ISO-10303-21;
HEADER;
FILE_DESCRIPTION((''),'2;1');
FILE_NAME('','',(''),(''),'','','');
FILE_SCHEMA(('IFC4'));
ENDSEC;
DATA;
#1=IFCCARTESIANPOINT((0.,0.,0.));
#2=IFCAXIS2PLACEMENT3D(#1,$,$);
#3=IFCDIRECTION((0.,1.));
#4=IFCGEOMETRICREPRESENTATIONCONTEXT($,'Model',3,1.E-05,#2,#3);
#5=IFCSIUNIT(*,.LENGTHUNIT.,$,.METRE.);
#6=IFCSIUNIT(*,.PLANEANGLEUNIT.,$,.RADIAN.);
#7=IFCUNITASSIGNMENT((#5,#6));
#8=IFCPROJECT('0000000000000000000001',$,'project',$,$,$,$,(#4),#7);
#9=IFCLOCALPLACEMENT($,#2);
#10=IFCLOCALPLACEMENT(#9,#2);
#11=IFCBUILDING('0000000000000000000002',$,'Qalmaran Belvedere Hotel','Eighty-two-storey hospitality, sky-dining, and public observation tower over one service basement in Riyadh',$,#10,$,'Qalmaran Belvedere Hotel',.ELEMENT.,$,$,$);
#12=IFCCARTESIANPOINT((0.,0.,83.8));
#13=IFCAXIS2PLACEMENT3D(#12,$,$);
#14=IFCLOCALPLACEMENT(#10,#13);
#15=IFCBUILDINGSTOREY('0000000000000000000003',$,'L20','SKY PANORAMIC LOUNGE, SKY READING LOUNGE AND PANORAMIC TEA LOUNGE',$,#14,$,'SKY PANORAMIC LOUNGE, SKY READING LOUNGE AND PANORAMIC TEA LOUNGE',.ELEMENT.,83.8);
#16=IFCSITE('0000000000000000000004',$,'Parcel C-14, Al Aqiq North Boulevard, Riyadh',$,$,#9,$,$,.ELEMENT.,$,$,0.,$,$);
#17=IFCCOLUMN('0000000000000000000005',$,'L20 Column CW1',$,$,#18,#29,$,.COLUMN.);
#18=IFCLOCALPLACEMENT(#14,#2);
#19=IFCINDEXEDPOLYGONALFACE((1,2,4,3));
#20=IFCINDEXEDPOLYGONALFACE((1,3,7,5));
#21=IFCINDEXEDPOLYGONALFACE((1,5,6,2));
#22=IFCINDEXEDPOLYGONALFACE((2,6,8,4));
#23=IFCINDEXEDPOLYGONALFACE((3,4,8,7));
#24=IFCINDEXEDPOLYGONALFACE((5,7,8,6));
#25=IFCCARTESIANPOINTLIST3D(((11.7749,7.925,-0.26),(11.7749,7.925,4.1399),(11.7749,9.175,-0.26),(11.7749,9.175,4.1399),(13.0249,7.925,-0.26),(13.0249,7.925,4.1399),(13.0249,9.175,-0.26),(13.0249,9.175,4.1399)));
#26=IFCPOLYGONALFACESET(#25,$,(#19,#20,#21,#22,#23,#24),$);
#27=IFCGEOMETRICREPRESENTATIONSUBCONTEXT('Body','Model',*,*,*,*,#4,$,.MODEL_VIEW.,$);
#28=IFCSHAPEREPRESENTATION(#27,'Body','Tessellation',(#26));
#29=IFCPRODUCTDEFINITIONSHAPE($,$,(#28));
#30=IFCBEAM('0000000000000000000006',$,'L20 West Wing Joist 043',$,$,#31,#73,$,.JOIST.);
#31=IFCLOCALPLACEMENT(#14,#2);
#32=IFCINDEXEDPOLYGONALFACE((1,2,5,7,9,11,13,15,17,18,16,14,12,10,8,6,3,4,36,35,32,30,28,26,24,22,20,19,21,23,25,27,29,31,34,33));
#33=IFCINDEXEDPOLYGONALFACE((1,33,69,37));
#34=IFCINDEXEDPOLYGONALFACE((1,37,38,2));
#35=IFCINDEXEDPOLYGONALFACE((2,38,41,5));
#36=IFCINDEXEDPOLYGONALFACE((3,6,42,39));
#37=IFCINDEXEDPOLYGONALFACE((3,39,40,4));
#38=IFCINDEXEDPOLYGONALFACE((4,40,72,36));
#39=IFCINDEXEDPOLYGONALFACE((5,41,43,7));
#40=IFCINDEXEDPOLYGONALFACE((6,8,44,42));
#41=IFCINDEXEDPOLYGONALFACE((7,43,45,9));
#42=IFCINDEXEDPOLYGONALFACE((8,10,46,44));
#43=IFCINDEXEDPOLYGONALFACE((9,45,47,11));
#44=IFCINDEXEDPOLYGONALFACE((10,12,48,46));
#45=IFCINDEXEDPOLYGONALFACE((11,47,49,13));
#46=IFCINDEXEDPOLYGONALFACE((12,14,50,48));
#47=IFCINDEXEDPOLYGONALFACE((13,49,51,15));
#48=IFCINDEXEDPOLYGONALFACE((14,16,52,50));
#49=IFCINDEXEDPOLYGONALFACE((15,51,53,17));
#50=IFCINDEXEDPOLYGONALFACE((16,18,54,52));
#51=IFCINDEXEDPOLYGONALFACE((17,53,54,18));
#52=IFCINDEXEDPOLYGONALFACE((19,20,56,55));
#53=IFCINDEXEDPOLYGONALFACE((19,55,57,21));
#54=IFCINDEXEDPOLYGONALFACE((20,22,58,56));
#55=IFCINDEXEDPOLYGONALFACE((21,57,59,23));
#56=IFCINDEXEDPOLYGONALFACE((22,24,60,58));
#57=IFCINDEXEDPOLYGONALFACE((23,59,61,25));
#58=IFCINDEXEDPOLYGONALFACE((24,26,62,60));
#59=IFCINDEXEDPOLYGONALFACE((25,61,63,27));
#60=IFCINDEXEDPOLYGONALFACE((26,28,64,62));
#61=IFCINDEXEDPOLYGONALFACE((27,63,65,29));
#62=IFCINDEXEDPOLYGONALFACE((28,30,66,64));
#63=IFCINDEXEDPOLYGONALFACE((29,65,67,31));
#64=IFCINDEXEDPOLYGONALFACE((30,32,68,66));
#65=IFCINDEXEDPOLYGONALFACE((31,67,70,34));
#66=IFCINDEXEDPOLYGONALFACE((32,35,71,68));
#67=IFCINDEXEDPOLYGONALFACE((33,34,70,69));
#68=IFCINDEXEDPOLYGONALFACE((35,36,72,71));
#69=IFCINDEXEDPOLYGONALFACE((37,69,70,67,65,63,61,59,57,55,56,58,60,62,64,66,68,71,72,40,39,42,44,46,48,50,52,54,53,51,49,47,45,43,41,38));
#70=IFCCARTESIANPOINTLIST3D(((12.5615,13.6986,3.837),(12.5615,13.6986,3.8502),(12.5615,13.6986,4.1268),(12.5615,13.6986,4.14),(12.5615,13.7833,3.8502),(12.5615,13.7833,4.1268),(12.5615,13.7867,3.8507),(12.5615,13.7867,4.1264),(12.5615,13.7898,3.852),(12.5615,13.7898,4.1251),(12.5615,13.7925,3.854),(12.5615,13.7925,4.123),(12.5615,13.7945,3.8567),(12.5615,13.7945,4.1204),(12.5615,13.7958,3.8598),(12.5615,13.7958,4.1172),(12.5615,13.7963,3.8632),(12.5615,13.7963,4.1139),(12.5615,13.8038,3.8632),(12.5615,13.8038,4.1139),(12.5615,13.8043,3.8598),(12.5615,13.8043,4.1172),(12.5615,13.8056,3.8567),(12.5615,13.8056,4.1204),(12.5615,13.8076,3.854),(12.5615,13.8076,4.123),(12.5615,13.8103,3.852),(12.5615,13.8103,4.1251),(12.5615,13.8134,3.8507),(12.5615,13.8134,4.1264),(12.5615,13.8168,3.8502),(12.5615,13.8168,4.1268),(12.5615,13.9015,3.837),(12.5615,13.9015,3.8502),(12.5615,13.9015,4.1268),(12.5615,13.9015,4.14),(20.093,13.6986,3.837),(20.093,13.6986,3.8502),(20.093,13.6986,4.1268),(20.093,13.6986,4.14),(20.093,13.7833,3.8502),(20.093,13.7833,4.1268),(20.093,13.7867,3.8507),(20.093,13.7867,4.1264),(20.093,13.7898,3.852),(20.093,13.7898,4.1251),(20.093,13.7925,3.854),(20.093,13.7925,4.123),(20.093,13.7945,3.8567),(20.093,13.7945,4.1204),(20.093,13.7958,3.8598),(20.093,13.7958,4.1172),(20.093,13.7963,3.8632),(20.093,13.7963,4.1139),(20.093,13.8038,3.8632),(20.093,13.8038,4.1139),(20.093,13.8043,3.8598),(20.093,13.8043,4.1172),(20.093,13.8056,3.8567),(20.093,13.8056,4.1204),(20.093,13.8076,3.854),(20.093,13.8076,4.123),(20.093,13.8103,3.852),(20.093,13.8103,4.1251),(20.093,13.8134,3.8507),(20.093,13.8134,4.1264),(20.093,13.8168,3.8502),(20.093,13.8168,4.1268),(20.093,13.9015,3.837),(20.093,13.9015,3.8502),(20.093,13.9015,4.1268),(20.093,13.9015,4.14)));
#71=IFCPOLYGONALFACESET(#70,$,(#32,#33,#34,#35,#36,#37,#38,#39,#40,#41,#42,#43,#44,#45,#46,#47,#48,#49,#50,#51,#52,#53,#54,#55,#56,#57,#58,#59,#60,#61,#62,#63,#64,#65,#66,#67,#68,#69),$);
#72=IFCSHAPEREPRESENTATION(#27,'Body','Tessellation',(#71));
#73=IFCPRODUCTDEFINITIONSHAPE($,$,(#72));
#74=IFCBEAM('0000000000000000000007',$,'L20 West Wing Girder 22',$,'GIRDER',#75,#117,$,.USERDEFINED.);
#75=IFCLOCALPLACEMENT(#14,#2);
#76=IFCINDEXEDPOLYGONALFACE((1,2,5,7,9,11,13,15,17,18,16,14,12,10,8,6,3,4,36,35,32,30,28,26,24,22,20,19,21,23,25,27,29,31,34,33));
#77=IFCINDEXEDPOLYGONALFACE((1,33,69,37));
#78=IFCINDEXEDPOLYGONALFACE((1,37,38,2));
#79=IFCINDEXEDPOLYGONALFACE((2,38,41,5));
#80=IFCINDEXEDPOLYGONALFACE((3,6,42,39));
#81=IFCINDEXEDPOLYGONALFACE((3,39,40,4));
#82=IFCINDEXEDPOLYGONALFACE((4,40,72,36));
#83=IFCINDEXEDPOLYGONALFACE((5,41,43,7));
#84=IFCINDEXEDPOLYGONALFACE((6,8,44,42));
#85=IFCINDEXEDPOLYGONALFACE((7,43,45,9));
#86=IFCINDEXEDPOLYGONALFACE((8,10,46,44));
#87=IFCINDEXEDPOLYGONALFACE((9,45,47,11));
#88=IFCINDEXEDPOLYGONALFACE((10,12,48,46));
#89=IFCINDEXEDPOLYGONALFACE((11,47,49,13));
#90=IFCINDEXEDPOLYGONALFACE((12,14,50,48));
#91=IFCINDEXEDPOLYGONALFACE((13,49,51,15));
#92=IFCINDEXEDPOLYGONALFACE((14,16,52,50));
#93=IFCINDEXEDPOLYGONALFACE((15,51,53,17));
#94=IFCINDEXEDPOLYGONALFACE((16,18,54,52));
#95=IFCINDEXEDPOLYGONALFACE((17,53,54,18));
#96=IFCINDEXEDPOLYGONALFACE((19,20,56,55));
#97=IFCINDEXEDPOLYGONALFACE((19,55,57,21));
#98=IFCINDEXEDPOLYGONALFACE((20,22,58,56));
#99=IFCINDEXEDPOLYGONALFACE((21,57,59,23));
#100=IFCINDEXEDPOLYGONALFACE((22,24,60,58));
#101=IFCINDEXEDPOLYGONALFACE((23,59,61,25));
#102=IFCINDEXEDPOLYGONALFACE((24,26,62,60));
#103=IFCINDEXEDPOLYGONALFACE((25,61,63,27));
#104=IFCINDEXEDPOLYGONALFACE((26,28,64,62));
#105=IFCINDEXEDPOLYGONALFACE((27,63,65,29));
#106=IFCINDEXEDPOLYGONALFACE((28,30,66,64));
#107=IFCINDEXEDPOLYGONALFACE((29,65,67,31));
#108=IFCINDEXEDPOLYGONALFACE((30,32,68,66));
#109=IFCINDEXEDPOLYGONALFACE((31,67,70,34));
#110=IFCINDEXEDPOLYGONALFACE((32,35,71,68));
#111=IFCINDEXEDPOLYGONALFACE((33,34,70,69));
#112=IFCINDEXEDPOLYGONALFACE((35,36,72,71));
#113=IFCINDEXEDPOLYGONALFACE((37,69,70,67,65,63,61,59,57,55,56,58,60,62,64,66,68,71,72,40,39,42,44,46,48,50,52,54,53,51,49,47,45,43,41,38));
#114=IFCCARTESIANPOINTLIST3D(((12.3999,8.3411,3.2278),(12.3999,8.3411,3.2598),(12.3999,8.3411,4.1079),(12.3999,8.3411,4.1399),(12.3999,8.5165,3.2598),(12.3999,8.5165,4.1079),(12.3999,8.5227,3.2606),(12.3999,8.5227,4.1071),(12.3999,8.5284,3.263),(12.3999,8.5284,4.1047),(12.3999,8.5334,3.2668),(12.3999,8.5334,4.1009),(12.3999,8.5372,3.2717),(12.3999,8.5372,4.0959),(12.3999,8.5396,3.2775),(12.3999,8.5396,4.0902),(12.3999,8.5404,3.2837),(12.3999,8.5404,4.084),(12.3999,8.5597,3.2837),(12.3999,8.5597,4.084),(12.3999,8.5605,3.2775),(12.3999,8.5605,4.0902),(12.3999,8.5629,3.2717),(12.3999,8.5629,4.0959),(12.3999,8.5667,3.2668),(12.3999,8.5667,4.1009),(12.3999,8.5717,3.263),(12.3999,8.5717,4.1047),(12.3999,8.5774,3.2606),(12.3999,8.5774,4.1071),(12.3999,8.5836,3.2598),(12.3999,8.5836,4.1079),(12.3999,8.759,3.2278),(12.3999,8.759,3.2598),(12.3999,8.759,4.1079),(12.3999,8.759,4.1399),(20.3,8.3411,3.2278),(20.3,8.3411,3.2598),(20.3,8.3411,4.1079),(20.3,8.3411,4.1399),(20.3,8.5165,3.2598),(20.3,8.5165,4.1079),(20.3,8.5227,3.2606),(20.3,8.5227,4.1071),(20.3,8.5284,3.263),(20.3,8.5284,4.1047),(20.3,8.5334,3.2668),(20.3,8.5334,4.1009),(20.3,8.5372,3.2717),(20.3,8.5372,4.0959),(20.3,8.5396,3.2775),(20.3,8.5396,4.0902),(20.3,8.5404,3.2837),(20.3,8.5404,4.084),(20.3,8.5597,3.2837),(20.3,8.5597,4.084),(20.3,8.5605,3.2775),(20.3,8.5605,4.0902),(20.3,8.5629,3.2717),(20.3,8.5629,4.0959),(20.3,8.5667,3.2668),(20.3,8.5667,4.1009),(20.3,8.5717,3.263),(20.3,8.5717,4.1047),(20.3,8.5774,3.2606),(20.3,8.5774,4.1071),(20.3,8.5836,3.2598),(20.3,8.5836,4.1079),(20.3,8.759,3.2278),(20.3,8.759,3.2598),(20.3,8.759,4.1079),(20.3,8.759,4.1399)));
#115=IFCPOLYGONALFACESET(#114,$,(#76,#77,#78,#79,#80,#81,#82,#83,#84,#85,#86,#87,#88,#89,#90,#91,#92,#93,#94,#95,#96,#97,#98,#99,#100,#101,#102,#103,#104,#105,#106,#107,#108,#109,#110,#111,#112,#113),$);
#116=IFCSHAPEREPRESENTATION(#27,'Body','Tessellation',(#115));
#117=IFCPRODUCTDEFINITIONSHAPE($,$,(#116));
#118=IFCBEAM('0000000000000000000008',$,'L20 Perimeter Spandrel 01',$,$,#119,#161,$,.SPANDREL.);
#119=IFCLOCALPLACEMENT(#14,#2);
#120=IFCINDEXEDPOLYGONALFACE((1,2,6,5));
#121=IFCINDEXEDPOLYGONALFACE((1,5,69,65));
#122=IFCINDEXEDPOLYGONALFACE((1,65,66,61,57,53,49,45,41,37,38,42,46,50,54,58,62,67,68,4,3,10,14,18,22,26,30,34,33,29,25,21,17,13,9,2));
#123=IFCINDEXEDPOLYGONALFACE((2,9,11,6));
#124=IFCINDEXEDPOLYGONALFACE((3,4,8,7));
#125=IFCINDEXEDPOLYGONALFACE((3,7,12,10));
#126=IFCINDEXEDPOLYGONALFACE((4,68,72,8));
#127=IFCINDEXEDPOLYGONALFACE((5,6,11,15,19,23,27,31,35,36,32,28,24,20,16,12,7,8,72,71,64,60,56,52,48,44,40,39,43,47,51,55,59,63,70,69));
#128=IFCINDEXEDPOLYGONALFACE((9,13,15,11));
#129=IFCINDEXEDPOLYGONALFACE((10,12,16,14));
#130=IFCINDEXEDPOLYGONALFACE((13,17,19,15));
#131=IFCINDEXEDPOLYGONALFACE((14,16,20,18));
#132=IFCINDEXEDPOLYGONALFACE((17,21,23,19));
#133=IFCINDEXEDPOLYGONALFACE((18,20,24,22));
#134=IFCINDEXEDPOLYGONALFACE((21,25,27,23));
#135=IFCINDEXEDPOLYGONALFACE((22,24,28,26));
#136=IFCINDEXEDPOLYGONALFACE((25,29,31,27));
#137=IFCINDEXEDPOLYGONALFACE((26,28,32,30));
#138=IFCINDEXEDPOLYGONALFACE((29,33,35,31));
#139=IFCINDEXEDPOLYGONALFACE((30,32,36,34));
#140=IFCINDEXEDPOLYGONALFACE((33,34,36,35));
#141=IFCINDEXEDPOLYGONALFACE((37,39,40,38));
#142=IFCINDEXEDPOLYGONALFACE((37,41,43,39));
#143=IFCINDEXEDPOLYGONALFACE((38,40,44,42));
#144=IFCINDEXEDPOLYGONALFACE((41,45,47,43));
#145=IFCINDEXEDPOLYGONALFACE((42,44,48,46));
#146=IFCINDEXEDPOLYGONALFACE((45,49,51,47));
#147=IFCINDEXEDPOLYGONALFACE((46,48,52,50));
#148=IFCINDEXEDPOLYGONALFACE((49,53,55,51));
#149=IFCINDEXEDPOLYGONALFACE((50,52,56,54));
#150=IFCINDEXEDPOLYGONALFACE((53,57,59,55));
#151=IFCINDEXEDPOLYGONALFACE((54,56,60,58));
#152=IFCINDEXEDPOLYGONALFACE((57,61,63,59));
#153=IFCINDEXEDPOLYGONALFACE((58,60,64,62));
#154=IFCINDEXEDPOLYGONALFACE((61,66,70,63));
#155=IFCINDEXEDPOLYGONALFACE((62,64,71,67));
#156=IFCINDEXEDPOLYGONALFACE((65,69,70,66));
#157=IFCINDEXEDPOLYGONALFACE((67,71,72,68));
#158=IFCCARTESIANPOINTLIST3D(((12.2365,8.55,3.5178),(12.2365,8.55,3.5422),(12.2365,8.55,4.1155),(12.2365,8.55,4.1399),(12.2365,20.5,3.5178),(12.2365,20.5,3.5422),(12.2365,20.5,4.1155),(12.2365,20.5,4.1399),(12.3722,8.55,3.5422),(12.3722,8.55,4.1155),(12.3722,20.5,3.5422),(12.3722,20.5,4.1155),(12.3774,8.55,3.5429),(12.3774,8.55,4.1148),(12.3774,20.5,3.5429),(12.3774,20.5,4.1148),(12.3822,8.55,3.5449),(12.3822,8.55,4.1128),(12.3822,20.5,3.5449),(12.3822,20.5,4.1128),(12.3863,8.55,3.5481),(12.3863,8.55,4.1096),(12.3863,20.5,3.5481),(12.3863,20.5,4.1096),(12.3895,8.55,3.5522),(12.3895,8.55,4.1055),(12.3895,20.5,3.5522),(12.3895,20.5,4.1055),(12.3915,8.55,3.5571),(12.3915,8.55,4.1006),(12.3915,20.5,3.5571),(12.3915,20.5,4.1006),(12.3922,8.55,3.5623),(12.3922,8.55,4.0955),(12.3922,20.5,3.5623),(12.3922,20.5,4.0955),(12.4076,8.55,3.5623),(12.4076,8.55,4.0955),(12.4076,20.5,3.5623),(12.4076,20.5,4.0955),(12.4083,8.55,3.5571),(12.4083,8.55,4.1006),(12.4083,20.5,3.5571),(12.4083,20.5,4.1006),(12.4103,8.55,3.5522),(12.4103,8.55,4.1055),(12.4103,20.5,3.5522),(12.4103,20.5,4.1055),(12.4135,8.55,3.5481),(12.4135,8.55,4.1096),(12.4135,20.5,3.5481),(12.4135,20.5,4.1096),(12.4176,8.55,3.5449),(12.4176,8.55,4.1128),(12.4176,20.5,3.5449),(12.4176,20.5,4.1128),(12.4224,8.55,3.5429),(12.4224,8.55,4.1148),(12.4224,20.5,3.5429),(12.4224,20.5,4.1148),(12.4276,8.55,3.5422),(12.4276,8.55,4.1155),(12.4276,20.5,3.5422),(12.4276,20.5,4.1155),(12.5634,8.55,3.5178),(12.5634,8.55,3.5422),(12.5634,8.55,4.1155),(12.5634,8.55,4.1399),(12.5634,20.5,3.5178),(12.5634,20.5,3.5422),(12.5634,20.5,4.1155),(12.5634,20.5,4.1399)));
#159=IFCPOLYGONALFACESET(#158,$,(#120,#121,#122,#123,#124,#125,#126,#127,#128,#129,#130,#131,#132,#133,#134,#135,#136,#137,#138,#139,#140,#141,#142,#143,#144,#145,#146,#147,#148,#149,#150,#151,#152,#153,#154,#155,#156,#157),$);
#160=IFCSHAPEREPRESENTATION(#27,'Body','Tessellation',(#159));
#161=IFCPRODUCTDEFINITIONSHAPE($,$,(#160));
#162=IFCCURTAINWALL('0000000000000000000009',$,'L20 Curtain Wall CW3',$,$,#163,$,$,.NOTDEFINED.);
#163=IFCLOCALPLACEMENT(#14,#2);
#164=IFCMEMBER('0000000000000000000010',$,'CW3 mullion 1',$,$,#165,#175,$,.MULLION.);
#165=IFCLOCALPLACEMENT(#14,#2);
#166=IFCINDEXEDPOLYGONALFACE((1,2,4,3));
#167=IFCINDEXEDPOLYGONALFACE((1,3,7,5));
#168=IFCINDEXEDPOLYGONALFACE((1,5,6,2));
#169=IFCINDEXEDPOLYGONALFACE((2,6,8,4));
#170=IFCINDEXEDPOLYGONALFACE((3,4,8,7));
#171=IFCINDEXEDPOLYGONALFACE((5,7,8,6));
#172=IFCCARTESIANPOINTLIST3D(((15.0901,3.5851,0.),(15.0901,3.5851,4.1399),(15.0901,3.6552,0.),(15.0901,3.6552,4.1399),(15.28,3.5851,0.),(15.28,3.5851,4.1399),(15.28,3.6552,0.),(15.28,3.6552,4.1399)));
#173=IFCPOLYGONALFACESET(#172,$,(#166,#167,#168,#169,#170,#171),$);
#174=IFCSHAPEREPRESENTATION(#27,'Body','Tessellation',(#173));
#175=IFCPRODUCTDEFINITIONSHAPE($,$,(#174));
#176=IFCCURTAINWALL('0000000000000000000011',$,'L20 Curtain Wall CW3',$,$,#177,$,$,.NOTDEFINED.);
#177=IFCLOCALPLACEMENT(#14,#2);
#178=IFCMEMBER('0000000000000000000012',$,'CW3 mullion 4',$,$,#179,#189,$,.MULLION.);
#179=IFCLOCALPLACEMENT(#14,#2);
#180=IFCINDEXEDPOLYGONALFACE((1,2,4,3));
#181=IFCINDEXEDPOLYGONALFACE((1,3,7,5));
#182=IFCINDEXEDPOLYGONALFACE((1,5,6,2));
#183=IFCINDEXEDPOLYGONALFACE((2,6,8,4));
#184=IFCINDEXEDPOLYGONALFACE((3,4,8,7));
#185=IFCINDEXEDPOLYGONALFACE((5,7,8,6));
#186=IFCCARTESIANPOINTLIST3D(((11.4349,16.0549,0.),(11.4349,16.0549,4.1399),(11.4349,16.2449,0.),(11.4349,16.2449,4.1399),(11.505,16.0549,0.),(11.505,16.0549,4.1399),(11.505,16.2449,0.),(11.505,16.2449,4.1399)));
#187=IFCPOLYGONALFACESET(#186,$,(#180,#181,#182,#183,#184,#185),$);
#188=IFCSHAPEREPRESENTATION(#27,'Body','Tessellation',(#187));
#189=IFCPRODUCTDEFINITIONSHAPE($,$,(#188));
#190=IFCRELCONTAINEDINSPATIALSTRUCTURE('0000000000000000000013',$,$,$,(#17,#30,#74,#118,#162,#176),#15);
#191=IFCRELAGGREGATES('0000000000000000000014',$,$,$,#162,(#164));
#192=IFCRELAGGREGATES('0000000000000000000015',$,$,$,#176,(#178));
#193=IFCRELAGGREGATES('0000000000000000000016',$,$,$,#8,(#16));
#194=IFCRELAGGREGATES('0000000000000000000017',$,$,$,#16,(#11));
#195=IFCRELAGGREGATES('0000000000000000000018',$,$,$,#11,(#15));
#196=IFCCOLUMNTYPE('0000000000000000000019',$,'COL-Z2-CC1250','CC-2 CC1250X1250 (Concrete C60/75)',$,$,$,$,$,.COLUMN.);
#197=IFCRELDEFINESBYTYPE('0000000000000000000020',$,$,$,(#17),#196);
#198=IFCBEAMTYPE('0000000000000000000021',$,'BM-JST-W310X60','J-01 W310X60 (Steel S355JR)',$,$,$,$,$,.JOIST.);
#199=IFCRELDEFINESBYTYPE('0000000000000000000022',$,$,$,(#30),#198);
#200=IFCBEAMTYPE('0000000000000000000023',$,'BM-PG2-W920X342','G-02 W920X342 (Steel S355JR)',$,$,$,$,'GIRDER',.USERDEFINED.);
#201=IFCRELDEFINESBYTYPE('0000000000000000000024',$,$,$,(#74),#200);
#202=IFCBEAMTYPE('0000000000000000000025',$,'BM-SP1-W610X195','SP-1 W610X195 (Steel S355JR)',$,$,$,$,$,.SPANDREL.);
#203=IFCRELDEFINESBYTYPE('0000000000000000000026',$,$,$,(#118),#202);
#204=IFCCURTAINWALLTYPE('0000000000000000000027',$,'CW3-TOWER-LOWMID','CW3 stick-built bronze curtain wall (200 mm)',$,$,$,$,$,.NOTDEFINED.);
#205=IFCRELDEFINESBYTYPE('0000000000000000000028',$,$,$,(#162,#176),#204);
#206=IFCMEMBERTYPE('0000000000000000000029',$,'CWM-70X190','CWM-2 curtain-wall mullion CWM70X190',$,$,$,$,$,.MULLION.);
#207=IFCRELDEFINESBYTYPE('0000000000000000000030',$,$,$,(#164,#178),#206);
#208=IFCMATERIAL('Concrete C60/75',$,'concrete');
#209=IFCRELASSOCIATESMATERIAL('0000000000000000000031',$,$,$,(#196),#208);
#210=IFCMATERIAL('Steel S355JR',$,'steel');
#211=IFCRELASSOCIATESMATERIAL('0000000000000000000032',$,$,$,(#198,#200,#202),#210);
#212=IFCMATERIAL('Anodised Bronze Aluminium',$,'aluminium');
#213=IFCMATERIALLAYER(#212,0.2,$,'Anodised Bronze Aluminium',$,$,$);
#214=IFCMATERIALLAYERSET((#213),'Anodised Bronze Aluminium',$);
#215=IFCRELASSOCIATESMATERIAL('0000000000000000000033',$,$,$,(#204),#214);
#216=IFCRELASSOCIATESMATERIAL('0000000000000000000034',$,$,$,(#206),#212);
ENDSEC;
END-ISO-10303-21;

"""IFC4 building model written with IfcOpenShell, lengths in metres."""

from ifc_helpers import new_model, si_unit, direction, frame, origin, origin_2d, place, context, subcontext, project, spatial, rectangle, i_section, extrude, material, layer, layer_set, material_profile, profile_set, type_object, element, aggregate, save


model = new_model("IFC4")

# Units and contexts
model_context = context("Model", 3, precision=1e-05, world=origin(), true_north=direction((0.0, 1.0)))
body_context = subcontext(model_context, "Body", "Model", "MODEL_VIEW")
ifc_project = project(units=[si_unit("LENGTHUNIT", "METRE"), si_unit("PLANEANGLEUNIT", "RADIAN")], contexts=[model_context])

# Site, building, storey
site_placement = place(None, origin())
site = spatial("IfcSite", under=ifc_project, at=site_placement, Name="Parcel C-14, Al Aqiq North Boulevard, Riyadh", CompositionType="ELEMENT", RefElevation=0.0)
building_placement = place(site_placement, origin())
building = spatial("IfcBuilding", under=site, at=building_placement, Name="Qalmaran Belvedere Hotel", Description="Eighty-two-storey hospitality, sky-dining, and public observation tower over one service basement in Riyadh", LongName="Qalmaran Belvedere Hotel", CompositionType="ELEMENT")
storey_placement = place(building_placement, frame((0.0, 0.0, 83.8)))
storey = spatial("IfcBuildingStorey", under=building, at=storey_placement, Name="L20", Description="SKY PANORAMIC LOUNGE, SKY READING LOUNGE AND PANORAMIC TEA LOUNGE", LongName="SKY PANORAMIC LOUNGE, SKY READING LOUNGE AND PANORAMIC TEA LOUNGE", CompositionType="ELEMENT", Elevation=83.8)

# Column
ifc_material_1 = material(Name="Concrete C60/75", Category="concrete")
ifc_material_profile_1 = material_profile(ifc_material_1, rectangle(XDim=1.25, YDim=1.25, at=origin_2d()), Name="CC1250X1250")
ifc_profile_set_1 = profile_set([ifc_material_profile_1], Name="Concrete C60/75")
column_type = type_object("IfcColumnType", Name="COL-Z2-CC1250", Description="CC-2 CC1250X1250 (Concrete C60/75)", PredefinedType="COLUMN", material=ifc_profile_set_1)
column_placement = place(storey_placement, frame((12.3999, 8.55, -0.26), z_axis=(0.0, 0.0, 1.0), x_axis=(1.0, 0.0, 0.0)))
element("IfcColumn", 1, at=column_placement, inside=storey, type_object=column_type, Name="L20 Column CW1", PredefinedType="COLUMN", context=body_context, shape_type="SweptSolid", body=[
    extrude(rectangle(XDim=1.25, YDim=1.25, at=origin_2d()), origin(), (0.0, 0.0, 1.0), 4.3999),
])

# Beams
ifc_material_2 = material(Name="Steel S355JR", Category="steel")
ifc_material_profile_2 = material_profile(ifc_material_2, i_section(OverallWidth=0.2029, OverallDepth=0.303, WebThickness=0.0076, FlangeThickness=0.0132, FilletRadius=0.0129, at=origin_2d()), Name="W310X60")
ifc_profile_set_2 = profile_set([ifc_material_profile_2], Name="Steel S355JR")
beam_type_1 = type_object("IfcBeamType", Name="BM-JST-W310X60", Description="J-01 W310X60 (Steel S355JR)", PredefinedType="JOIST", material=ifc_profile_set_2)
beam_1_placement = place(storey_placement, frame((12.5615, 13.8, 3.9885), z_axis=(1.0, 0.0, 0.0), x_axis=(0.0, 1.0, 0.0)))
element("IfcBeam", 2, at=beam_1_placement, inside=storey, type_object=beam_type_1, Name="L20 West Wing Joist 043", PredefinedType="JOIST", context=body_context, shape_type="SweptSolid", body=[
    extrude(i_section(OverallWidth=0.2029, OverallDepth=0.303, WebThickness=0.0076, FlangeThickness=0.0132, FilletRadius=0.0129, at=origin_2d()), origin(), (0.0, 0.0, 1.0), 7.5315),
])
ifc_material_profile_3 = material_profile(ifc_material_2, i_section(OverallWidth=0.418, OverallDepth=0.9121, WebThickness=0.0193, FlangeThickness=0.032, FilletRadius=0.0239, at=origin_2d()), Name="W920X342")
ifc_profile_set_3 = profile_set([ifc_material_profile_3], Name="Steel S355JR")
beam_type_2 = type_object("IfcBeamType", Name="BM-PG2-W920X342", Description="G-02 W920X342 (Steel S355JR)", ElementType="GIRDER", PredefinedType="USERDEFINED", material=ifc_profile_set_3)
beam_2_placement = place(storey_placement, frame((12.3999, 8.55, 3.6838), z_axis=(1.0, 0.0, 0.0), x_axis=(0.0, 1.0, 0.0)))
element("IfcBeam", 3, at=beam_2_placement, inside=storey, type_object=beam_type_2, Name="L20 West Wing Girder 22", ObjectType="GIRDER", PredefinedType="USERDEFINED", context=body_context, shape_type="SweptSolid", body=[
    extrude(i_section(OverallWidth=0.418, OverallDepth=0.9121, WebThickness=0.0193, FlangeThickness=0.032, FilletRadius=0.0239, at=origin_2d()), origin(), (0.0, 0.0, 1.0), 7.9001),
])
ifc_material_profile_4 = material_profile(ifc_material_2, i_section(OverallWidth=0.3269, OverallDepth=0.6221, WebThickness=0.0154, FlangeThickness=0.0244, FilletRadius=0.02, at=origin_2d()), Name="W610X195")
ifc_profile_set_4 = profile_set([ifc_material_profile_4], Name="Steel S355JR")
beam_type_3 = type_object("IfcBeamType", Name="BM-SP1-W610X195", Description="SP-1 W610X195 (Steel S355JR)", PredefinedType="SPANDREL", material=ifc_profile_set_4)
beam_3_placement = place(storey_placement, frame((12.3999, 8.55, 3.8289), z_axis=(0.0, 1.0, 0.0), x_axis=(-1.0, 0.0, 0.0)))
element("IfcBeam", 4, at=beam_3_placement, inside=storey, type_object=beam_type_3, Name="L20 Perimeter Spandrel 01", PredefinedType="SPANDREL", context=body_context, shape_type="SweptSolid", body=[
    extrude(i_section(OverallWidth=0.3269, OverallDepth=0.6221, WebThickness=0.0154, FlangeThickness=0.0244, FilletRadius=0.02, at=origin_2d()), origin(), (0.0, 0.0, 1.0), 11.95),
])

# Curtain wall, member
ifc_material_3 = material(Name="Anodised Bronze Aluminium", Category="aluminium")
ifc_layer_1 = layer(ifc_material_3, 0.2, Name="Anodised Bronze Aluminium")
ifc_layer_set_1 = layer_set([ifc_layer_1], Name="Anodised Bronze Aluminium")
curtain_wall_type = type_object("IfcCurtainWallType", Name="CW3-TOWER-LOWMID", Description="CW3 stick-built bronze curtain wall (200 mm)", PredefinedType="NOTDEFINED", material=ifc_layer_set_1)
curtain_wall_1_placement = place(storey_placement, origin())
curtain_wall_1 = element("IfcCurtainWall", 5, at=curtain_wall_1_placement, inside=storey, type_object=curtain_wall_type, Name="L20 Curtain Wall CW3", PredefinedType="NOTDEFINED")
ifc_material_profile_5 = material_profile(ifc_material_3, rectangle(XDim=0.0701, YDim=0.1899, at=origin_2d()), Name="CWM70X190")
ifc_profile_set_5 = profile_set([ifc_material_profile_5], Name="Anodised Bronze Aluminium")
member_type_1 = type_object("IfcMemberType", Name="CWM-70X190", Description="CWM-2 curtain-wall mullion CWM70X190", PredefinedType="MULLION", material=ifc_profile_set_5)
member_1_placement = place(storey_placement, frame((15.1851, 3.6201, 0.0), z_axis=(0.0, 0.0, 1.0), x_axis=(0.0, 1.0, 0.0)))
member_1 = element("IfcMember", 6, at=member_1_placement, type_object=member_type_1, Name="CW3 mullion 1", PredefinedType="MULLION", context=body_context, shape_type="SweptSolid", body=[
    extrude(rectangle(XDim=0.0701, YDim=0.1899, at=origin_2d()), origin(), (0.0, 0.0, 1.0), 4.1399),
])

# Curtain wall, member
curtain_wall_2_placement = place(storey_placement, origin())
curtain_wall_2 = element("IfcCurtainWall", 7, at=curtain_wall_2_placement, inside=storey, type_object=curtain_wall_type, Name="L20 Curtain Wall CW3", PredefinedType="NOTDEFINED")
member_2_placement = place(storey_placement, frame((11.47, 16.1499, 0.0), z_axis=(0.0, 0.0, 1.0), x_axis=(1.0, 0.0, 0.0)))
member_2 = element("IfcMember", 8, at=member_2_placement, type_object=member_type_1, Name="CW3 mullion 4", PredefinedType="MULLION", context=body_context, shape_type="SweptSolid", body=[
    extrude(rectangle(XDim=0.0701, YDim=0.1899, at=origin_2d()), origin(), (0.0, 0.0, 1.0), 4.1399),
])

aggregate(curtain_wall_1, [member_1])

aggregate(curtain_wall_2, [member_2])

save(model, "model.ifc")
